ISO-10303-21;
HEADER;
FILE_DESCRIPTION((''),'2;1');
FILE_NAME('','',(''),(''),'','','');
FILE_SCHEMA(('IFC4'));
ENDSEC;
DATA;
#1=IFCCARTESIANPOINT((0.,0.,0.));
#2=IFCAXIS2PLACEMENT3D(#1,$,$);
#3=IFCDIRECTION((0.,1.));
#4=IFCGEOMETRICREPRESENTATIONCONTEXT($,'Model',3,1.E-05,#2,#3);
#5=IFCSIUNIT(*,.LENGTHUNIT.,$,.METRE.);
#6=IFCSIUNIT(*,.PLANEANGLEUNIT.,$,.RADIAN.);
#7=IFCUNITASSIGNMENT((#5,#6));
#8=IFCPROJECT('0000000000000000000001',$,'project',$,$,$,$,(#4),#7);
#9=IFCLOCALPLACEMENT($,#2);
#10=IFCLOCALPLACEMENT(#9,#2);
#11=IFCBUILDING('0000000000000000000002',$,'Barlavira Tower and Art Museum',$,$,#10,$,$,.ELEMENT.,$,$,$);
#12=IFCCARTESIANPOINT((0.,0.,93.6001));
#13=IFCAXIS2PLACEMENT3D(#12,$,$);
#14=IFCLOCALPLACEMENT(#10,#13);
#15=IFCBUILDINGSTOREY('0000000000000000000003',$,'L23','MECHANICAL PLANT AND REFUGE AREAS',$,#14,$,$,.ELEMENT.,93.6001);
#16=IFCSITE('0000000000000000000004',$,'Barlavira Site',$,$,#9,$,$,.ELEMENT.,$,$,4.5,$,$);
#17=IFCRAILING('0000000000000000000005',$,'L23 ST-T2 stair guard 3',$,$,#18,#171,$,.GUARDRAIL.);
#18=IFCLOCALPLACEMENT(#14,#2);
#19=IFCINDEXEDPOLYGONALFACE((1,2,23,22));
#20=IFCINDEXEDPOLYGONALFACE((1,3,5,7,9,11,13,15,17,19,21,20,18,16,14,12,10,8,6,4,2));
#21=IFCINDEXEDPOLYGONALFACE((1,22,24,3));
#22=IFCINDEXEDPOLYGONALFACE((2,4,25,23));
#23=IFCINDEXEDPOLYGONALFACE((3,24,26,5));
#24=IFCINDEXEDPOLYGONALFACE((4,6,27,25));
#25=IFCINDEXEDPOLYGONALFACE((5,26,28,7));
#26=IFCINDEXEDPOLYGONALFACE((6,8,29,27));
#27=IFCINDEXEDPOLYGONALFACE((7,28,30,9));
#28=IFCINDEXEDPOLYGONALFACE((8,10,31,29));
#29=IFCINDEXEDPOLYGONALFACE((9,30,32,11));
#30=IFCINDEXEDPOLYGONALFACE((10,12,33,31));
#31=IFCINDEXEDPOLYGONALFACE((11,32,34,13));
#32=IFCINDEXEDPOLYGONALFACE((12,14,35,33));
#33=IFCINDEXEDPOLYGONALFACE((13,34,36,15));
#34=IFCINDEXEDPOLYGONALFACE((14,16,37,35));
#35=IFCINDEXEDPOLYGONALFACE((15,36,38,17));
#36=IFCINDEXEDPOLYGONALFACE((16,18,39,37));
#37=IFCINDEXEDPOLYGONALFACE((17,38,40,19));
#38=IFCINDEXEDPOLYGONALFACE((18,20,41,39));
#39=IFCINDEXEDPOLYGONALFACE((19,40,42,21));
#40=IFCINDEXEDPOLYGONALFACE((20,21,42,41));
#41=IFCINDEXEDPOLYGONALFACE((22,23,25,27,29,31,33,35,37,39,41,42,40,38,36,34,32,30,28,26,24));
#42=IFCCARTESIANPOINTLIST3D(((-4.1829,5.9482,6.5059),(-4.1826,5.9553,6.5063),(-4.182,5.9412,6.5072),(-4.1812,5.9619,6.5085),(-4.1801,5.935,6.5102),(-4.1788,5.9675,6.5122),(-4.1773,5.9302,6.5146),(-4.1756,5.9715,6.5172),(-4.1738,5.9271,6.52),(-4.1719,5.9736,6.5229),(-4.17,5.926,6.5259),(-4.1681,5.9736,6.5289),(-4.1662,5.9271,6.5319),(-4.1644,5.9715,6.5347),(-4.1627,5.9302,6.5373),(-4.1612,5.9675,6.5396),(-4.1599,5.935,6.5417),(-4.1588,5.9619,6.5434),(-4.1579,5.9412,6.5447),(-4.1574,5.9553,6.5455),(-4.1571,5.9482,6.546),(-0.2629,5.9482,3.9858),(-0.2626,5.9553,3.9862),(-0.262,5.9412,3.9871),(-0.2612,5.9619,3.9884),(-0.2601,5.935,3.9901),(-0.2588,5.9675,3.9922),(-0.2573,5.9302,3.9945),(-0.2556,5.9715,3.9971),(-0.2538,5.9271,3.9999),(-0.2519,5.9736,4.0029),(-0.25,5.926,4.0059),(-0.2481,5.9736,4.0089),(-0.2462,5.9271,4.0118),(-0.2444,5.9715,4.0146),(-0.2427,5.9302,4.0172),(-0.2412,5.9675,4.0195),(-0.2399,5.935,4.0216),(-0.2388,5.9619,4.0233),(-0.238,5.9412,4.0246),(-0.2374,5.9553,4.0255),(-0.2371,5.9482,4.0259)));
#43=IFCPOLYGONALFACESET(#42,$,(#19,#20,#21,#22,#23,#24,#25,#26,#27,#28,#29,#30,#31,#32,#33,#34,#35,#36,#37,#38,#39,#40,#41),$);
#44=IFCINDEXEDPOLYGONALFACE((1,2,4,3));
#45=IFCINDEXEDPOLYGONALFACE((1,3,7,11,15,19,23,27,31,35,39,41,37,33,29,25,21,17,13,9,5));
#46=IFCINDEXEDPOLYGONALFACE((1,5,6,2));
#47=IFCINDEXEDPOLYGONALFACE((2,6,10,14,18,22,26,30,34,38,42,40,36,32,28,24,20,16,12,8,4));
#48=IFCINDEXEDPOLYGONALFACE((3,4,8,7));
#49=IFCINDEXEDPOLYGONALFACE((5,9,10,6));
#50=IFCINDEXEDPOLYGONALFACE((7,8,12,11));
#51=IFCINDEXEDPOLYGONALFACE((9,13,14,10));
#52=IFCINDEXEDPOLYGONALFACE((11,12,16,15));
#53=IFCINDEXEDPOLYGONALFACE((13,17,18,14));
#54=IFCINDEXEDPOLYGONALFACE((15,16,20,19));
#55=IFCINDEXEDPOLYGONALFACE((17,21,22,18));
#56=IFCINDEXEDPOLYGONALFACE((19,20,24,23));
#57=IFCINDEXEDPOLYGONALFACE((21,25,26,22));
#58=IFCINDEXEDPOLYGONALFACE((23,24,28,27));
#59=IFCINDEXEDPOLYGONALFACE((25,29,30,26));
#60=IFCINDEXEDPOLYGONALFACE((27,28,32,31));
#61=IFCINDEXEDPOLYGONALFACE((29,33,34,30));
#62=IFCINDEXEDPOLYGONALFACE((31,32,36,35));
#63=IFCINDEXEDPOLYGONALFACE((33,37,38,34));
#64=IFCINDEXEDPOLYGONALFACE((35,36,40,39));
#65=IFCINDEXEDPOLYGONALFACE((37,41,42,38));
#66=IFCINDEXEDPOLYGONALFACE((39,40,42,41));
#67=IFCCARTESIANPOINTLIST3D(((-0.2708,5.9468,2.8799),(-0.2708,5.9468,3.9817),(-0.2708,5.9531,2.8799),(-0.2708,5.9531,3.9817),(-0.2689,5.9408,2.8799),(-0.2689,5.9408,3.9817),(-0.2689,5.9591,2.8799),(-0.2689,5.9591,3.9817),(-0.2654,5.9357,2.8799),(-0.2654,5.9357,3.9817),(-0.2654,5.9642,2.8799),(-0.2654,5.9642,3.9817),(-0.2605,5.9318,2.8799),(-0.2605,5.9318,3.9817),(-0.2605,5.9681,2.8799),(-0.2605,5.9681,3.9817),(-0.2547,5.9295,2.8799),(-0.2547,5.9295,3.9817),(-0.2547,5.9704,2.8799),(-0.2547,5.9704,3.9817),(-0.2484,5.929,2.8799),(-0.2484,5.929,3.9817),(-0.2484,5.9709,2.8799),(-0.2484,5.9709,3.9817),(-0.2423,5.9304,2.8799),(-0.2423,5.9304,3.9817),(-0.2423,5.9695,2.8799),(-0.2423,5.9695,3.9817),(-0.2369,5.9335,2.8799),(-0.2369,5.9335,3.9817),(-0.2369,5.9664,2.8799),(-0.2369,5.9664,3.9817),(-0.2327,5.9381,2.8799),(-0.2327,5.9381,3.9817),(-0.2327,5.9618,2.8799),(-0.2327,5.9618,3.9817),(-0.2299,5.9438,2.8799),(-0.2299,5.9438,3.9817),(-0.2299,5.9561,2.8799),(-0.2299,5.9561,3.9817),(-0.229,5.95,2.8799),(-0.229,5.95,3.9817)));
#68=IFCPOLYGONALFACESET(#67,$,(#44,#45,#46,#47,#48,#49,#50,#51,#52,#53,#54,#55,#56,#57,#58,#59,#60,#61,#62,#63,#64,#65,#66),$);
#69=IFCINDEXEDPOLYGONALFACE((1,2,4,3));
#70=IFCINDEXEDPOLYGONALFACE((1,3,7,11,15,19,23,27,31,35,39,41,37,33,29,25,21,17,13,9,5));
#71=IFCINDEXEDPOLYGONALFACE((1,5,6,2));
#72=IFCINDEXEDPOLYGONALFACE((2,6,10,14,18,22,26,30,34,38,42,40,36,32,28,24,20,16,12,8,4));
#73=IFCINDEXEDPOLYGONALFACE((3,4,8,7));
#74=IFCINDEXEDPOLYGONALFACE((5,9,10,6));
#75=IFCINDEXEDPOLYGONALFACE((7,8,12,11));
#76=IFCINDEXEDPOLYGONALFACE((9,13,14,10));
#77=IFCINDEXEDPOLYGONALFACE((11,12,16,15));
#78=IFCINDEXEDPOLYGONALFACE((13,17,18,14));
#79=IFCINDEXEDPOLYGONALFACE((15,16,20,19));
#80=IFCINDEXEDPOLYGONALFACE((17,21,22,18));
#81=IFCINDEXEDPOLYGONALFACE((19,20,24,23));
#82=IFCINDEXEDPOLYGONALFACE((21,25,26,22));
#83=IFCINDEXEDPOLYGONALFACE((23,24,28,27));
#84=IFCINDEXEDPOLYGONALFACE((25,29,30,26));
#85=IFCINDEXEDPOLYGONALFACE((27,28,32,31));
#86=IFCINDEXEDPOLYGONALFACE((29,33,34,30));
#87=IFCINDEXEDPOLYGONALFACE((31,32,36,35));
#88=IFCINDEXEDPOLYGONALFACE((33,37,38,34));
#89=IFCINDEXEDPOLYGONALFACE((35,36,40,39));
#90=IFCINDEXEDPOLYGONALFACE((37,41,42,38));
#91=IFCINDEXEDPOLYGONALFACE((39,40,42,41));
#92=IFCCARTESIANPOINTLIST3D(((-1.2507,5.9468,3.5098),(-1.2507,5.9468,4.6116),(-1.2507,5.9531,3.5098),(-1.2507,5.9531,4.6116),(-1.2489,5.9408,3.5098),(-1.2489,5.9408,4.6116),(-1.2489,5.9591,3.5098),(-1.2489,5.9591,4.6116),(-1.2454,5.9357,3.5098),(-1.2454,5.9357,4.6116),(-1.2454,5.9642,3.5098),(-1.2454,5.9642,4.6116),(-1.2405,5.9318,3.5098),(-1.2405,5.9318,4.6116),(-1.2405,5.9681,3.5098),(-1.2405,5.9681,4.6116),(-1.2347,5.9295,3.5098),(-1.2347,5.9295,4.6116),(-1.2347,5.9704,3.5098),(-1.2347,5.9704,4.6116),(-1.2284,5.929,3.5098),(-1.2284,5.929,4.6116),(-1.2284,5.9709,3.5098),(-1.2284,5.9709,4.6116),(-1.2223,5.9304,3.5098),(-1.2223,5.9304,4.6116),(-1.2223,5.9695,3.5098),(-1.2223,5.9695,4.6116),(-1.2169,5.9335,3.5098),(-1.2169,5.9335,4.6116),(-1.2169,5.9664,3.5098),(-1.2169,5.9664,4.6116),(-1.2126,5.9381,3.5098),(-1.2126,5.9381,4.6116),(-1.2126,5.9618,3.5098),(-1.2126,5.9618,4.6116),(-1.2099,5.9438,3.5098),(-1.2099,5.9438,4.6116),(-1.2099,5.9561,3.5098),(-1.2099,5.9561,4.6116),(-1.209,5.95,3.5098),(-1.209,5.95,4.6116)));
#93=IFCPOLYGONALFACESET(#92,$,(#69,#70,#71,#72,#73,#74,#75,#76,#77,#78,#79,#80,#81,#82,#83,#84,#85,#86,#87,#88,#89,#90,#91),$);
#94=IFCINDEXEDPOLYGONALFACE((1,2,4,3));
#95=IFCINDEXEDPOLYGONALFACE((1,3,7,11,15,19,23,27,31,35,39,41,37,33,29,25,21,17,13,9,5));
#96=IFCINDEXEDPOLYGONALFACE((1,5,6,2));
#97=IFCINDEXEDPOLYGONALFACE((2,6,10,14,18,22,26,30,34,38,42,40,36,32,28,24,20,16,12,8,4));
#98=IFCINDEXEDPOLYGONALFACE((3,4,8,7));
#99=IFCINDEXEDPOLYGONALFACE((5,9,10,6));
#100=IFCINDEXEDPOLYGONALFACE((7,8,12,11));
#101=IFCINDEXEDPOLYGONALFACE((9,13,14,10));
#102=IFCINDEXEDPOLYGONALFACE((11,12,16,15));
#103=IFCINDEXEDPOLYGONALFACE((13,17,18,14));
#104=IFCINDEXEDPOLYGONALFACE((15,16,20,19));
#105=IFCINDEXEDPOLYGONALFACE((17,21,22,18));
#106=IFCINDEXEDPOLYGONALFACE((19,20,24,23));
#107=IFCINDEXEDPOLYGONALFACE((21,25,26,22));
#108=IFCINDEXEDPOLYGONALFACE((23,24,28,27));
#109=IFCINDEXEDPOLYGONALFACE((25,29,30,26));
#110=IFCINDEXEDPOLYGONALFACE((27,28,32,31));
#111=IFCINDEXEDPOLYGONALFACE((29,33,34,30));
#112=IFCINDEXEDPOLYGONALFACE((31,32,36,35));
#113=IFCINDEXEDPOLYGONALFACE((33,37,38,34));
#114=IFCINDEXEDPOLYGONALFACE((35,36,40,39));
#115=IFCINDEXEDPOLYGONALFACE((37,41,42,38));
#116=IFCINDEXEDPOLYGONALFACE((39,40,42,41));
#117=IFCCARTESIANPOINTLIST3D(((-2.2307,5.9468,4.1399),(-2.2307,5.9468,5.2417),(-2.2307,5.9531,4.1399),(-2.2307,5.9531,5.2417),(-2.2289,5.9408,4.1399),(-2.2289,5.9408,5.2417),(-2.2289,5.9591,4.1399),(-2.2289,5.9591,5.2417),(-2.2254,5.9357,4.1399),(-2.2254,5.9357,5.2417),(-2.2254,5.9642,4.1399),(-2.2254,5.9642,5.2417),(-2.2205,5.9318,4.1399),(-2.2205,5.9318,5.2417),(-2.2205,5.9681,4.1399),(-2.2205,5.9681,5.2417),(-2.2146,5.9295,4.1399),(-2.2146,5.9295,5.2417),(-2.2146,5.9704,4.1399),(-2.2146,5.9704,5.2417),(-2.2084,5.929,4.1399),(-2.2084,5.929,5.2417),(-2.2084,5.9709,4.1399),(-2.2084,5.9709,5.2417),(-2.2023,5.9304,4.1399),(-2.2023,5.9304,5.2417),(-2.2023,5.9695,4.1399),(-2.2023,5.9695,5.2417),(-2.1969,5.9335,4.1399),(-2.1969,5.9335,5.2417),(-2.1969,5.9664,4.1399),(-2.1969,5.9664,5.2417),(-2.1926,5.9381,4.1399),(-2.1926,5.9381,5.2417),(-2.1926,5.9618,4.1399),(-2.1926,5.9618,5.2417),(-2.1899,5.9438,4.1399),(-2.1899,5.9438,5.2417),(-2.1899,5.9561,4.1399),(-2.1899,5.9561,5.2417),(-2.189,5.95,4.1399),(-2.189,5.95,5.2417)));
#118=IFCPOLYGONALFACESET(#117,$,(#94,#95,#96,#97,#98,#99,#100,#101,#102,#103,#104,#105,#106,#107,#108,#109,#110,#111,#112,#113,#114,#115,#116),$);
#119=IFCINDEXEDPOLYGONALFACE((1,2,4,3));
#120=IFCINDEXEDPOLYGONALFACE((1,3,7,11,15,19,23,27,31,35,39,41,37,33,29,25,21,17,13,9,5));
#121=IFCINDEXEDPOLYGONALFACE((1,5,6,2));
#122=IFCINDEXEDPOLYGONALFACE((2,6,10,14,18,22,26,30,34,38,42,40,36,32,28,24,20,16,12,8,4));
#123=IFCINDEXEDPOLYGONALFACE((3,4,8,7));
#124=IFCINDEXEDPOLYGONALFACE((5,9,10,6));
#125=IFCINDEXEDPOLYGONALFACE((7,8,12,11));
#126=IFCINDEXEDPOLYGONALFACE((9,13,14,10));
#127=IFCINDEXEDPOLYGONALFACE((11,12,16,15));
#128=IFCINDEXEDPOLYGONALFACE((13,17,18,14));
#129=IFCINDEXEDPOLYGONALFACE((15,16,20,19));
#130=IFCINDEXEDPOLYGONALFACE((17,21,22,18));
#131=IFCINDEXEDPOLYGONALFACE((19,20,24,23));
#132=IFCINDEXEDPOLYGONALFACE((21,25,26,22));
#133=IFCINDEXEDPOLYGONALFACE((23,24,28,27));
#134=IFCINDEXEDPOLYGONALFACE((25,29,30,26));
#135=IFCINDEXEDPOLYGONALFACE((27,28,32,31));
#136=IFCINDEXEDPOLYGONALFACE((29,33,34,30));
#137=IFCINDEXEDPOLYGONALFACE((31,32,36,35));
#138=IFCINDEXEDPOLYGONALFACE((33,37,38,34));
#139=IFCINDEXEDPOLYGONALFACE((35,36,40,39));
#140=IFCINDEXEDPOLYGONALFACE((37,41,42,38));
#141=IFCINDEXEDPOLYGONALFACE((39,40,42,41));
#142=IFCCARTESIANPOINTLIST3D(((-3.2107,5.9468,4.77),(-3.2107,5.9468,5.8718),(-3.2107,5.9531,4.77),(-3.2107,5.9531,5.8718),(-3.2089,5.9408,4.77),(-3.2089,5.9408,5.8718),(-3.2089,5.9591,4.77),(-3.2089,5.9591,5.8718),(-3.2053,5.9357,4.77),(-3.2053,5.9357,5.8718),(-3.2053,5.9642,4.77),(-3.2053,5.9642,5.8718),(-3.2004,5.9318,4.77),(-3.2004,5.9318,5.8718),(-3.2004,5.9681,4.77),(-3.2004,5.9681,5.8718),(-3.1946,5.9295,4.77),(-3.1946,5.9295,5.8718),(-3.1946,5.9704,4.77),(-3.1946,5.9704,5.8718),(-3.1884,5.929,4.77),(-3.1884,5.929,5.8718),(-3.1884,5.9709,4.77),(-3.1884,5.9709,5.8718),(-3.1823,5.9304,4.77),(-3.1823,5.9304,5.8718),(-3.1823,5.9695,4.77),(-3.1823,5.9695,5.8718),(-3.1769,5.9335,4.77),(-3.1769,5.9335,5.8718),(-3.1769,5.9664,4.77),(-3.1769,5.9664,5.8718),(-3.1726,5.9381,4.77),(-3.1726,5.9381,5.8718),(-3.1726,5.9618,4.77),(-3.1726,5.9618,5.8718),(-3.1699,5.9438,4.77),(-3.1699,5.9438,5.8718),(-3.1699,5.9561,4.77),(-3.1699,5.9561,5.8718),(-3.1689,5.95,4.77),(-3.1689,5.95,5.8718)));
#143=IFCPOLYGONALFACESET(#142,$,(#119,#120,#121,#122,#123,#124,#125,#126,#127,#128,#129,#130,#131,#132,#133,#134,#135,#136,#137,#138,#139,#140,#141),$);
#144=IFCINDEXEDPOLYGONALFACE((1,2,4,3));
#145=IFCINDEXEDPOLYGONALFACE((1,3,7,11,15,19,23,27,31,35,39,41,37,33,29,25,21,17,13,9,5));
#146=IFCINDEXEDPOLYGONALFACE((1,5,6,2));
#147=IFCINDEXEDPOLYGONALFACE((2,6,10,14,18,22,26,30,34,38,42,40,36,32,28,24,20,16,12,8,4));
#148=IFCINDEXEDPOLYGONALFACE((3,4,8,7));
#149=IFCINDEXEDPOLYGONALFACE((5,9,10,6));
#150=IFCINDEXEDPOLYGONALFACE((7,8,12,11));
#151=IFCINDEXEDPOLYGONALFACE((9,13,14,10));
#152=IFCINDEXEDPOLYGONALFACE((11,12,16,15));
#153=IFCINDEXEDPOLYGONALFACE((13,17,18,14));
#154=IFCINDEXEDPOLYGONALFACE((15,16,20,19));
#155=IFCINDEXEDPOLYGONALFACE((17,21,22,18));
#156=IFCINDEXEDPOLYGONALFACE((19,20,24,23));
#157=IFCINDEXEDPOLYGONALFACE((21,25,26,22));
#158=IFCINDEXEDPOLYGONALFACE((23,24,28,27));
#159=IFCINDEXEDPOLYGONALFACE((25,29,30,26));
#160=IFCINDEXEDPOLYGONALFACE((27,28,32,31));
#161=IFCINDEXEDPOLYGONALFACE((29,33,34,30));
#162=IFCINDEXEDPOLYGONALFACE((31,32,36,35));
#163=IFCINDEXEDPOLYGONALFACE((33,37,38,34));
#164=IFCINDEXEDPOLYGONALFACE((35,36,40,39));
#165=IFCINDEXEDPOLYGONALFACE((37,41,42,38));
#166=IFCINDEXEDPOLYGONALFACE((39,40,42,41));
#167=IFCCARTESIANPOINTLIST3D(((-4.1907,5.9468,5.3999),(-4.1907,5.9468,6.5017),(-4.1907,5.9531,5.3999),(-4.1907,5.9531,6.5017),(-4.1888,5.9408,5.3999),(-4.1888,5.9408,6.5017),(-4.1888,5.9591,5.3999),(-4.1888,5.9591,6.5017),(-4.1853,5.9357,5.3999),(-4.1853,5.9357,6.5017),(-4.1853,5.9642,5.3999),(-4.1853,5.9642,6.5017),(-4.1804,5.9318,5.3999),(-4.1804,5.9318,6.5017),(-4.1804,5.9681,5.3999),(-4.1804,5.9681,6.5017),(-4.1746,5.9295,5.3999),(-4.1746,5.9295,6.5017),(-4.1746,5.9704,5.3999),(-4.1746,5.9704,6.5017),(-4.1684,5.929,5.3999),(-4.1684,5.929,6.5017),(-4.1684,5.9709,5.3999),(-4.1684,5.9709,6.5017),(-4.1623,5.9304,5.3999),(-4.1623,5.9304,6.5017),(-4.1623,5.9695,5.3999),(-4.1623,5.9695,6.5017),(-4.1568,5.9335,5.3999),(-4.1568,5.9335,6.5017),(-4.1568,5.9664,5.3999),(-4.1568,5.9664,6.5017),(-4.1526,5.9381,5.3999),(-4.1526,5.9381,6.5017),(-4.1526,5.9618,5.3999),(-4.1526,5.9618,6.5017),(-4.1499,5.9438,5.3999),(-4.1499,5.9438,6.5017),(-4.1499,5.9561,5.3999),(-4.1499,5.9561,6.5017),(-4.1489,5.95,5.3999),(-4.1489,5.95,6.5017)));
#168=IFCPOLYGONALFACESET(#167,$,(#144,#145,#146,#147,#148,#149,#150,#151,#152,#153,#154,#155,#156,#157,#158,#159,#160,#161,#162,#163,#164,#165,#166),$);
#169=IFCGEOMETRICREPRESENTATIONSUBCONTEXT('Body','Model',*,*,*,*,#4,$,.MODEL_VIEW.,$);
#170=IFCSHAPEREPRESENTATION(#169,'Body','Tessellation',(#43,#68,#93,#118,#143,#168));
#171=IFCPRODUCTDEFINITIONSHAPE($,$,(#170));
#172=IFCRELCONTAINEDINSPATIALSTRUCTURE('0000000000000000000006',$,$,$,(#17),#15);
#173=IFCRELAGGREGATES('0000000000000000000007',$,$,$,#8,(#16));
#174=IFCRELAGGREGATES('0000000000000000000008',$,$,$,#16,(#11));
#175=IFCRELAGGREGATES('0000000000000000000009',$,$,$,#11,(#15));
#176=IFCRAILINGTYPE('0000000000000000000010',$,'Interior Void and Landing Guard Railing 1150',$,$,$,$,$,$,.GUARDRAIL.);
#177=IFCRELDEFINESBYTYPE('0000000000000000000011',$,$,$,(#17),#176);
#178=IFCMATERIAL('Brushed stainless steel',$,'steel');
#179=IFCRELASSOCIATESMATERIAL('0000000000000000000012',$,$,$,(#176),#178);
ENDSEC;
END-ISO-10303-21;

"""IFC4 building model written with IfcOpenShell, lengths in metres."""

from ifc_helpers import new_model, si_unit, direction, frame, origin, origin_2d, place, context, subcontext, project, spatial, circle, extrude, material, type_object, element, save


model = new_model("IFC4")

# Units and contexts
model_context = context("Model", 3, precision=1e-05, world=origin(), true_north=direction((0.0, 1.0)))
body_context = subcontext(model_context, "Body", "Model", "MODEL_VIEW")
ifc_project = project(units=[si_unit("LENGTHUNIT", "METRE"), si_unit("PLANEANGLEUNIT", "RADIAN")], contexts=[model_context])

# Site, building, storey
site_placement = place(None, origin())
site = spatial("IfcSite", under=ifc_project, at=site_placement, Name="Barlavira Site", CompositionType="ELEMENT", RefElevation=4.5)
building_placement = place(site_placement, origin())
building = spatial("IfcBuilding", under=site, at=building_placement, Name="Barlavira Tower and Art Museum", CompositionType="ELEMENT")
storey_placement = place(building_placement, frame((0.0, 0.0, 93.6001)))
storey = spatial("IfcBuildingStorey", under=building, at=storey_placement, Name="L23", Description="MECHANICAL PLANT AND REFUGE AREAS", CompositionType="ELEMENT", Elevation=93.6001)

# Shared definitions
ifc_material_1 = material(Name="Brushed stainless steel", Category="steel")

# Railing
railing_type_1 = type_object("IfcRailingType", Name="Interior Void and Landing Guard Railing 1150", PredefinedType="GUARDRAIL", material=ifc_material_1)
railing_1_placement = place(storey_placement, frame((-0.25, 5.95, 2.8799)))
element("IfcRailing", 1, at=railing_1_placement, inside=storey, type_object=railing_type_1, Name="L23 ST-T2 stair guard 3", PredefinedType="GUARDRAIL", context=body_context, shape_type="SweptSolid", body=[
    extrude(circle(Radius=0.0239, at=origin_2d()), frame((0.0, 0.0, 1.126), z_axis=(-0.841172, 0.0, 0.540768), x_axis=(0.0, -1.0, 0.0)), (0.0, 0.0, 1.0), 4.6602),
    extrude(circle(Radius=0.021, at=origin_2d()), origin(), (0.0, 0.0, 1.0), 1.1018),
    extrude(circle(Radius=0.021, at=origin_2d()), frame((-0.98, 0.0, 0.6299)), (0.0, 0.0, 1.0), 1.1018),
    extrude(circle(Radius=0.021, at=origin_2d()), frame((-1.96, 0.0, 1.26)), (0.0, 0.0, 1.0), 1.1018),
    extrude(circle(Radius=0.021, at=origin_2d()), frame((-2.9399, 0.0, 1.8901)), (0.0, 0.0, 1.0), 1.1018),
    extrude(circle(Radius=0.021, at=origin_2d()), frame((-3.9199, 0.0, 2.52)), (0.0, 0.0, 1.0), 1.1018),
])

save(model, "model.ifc")
